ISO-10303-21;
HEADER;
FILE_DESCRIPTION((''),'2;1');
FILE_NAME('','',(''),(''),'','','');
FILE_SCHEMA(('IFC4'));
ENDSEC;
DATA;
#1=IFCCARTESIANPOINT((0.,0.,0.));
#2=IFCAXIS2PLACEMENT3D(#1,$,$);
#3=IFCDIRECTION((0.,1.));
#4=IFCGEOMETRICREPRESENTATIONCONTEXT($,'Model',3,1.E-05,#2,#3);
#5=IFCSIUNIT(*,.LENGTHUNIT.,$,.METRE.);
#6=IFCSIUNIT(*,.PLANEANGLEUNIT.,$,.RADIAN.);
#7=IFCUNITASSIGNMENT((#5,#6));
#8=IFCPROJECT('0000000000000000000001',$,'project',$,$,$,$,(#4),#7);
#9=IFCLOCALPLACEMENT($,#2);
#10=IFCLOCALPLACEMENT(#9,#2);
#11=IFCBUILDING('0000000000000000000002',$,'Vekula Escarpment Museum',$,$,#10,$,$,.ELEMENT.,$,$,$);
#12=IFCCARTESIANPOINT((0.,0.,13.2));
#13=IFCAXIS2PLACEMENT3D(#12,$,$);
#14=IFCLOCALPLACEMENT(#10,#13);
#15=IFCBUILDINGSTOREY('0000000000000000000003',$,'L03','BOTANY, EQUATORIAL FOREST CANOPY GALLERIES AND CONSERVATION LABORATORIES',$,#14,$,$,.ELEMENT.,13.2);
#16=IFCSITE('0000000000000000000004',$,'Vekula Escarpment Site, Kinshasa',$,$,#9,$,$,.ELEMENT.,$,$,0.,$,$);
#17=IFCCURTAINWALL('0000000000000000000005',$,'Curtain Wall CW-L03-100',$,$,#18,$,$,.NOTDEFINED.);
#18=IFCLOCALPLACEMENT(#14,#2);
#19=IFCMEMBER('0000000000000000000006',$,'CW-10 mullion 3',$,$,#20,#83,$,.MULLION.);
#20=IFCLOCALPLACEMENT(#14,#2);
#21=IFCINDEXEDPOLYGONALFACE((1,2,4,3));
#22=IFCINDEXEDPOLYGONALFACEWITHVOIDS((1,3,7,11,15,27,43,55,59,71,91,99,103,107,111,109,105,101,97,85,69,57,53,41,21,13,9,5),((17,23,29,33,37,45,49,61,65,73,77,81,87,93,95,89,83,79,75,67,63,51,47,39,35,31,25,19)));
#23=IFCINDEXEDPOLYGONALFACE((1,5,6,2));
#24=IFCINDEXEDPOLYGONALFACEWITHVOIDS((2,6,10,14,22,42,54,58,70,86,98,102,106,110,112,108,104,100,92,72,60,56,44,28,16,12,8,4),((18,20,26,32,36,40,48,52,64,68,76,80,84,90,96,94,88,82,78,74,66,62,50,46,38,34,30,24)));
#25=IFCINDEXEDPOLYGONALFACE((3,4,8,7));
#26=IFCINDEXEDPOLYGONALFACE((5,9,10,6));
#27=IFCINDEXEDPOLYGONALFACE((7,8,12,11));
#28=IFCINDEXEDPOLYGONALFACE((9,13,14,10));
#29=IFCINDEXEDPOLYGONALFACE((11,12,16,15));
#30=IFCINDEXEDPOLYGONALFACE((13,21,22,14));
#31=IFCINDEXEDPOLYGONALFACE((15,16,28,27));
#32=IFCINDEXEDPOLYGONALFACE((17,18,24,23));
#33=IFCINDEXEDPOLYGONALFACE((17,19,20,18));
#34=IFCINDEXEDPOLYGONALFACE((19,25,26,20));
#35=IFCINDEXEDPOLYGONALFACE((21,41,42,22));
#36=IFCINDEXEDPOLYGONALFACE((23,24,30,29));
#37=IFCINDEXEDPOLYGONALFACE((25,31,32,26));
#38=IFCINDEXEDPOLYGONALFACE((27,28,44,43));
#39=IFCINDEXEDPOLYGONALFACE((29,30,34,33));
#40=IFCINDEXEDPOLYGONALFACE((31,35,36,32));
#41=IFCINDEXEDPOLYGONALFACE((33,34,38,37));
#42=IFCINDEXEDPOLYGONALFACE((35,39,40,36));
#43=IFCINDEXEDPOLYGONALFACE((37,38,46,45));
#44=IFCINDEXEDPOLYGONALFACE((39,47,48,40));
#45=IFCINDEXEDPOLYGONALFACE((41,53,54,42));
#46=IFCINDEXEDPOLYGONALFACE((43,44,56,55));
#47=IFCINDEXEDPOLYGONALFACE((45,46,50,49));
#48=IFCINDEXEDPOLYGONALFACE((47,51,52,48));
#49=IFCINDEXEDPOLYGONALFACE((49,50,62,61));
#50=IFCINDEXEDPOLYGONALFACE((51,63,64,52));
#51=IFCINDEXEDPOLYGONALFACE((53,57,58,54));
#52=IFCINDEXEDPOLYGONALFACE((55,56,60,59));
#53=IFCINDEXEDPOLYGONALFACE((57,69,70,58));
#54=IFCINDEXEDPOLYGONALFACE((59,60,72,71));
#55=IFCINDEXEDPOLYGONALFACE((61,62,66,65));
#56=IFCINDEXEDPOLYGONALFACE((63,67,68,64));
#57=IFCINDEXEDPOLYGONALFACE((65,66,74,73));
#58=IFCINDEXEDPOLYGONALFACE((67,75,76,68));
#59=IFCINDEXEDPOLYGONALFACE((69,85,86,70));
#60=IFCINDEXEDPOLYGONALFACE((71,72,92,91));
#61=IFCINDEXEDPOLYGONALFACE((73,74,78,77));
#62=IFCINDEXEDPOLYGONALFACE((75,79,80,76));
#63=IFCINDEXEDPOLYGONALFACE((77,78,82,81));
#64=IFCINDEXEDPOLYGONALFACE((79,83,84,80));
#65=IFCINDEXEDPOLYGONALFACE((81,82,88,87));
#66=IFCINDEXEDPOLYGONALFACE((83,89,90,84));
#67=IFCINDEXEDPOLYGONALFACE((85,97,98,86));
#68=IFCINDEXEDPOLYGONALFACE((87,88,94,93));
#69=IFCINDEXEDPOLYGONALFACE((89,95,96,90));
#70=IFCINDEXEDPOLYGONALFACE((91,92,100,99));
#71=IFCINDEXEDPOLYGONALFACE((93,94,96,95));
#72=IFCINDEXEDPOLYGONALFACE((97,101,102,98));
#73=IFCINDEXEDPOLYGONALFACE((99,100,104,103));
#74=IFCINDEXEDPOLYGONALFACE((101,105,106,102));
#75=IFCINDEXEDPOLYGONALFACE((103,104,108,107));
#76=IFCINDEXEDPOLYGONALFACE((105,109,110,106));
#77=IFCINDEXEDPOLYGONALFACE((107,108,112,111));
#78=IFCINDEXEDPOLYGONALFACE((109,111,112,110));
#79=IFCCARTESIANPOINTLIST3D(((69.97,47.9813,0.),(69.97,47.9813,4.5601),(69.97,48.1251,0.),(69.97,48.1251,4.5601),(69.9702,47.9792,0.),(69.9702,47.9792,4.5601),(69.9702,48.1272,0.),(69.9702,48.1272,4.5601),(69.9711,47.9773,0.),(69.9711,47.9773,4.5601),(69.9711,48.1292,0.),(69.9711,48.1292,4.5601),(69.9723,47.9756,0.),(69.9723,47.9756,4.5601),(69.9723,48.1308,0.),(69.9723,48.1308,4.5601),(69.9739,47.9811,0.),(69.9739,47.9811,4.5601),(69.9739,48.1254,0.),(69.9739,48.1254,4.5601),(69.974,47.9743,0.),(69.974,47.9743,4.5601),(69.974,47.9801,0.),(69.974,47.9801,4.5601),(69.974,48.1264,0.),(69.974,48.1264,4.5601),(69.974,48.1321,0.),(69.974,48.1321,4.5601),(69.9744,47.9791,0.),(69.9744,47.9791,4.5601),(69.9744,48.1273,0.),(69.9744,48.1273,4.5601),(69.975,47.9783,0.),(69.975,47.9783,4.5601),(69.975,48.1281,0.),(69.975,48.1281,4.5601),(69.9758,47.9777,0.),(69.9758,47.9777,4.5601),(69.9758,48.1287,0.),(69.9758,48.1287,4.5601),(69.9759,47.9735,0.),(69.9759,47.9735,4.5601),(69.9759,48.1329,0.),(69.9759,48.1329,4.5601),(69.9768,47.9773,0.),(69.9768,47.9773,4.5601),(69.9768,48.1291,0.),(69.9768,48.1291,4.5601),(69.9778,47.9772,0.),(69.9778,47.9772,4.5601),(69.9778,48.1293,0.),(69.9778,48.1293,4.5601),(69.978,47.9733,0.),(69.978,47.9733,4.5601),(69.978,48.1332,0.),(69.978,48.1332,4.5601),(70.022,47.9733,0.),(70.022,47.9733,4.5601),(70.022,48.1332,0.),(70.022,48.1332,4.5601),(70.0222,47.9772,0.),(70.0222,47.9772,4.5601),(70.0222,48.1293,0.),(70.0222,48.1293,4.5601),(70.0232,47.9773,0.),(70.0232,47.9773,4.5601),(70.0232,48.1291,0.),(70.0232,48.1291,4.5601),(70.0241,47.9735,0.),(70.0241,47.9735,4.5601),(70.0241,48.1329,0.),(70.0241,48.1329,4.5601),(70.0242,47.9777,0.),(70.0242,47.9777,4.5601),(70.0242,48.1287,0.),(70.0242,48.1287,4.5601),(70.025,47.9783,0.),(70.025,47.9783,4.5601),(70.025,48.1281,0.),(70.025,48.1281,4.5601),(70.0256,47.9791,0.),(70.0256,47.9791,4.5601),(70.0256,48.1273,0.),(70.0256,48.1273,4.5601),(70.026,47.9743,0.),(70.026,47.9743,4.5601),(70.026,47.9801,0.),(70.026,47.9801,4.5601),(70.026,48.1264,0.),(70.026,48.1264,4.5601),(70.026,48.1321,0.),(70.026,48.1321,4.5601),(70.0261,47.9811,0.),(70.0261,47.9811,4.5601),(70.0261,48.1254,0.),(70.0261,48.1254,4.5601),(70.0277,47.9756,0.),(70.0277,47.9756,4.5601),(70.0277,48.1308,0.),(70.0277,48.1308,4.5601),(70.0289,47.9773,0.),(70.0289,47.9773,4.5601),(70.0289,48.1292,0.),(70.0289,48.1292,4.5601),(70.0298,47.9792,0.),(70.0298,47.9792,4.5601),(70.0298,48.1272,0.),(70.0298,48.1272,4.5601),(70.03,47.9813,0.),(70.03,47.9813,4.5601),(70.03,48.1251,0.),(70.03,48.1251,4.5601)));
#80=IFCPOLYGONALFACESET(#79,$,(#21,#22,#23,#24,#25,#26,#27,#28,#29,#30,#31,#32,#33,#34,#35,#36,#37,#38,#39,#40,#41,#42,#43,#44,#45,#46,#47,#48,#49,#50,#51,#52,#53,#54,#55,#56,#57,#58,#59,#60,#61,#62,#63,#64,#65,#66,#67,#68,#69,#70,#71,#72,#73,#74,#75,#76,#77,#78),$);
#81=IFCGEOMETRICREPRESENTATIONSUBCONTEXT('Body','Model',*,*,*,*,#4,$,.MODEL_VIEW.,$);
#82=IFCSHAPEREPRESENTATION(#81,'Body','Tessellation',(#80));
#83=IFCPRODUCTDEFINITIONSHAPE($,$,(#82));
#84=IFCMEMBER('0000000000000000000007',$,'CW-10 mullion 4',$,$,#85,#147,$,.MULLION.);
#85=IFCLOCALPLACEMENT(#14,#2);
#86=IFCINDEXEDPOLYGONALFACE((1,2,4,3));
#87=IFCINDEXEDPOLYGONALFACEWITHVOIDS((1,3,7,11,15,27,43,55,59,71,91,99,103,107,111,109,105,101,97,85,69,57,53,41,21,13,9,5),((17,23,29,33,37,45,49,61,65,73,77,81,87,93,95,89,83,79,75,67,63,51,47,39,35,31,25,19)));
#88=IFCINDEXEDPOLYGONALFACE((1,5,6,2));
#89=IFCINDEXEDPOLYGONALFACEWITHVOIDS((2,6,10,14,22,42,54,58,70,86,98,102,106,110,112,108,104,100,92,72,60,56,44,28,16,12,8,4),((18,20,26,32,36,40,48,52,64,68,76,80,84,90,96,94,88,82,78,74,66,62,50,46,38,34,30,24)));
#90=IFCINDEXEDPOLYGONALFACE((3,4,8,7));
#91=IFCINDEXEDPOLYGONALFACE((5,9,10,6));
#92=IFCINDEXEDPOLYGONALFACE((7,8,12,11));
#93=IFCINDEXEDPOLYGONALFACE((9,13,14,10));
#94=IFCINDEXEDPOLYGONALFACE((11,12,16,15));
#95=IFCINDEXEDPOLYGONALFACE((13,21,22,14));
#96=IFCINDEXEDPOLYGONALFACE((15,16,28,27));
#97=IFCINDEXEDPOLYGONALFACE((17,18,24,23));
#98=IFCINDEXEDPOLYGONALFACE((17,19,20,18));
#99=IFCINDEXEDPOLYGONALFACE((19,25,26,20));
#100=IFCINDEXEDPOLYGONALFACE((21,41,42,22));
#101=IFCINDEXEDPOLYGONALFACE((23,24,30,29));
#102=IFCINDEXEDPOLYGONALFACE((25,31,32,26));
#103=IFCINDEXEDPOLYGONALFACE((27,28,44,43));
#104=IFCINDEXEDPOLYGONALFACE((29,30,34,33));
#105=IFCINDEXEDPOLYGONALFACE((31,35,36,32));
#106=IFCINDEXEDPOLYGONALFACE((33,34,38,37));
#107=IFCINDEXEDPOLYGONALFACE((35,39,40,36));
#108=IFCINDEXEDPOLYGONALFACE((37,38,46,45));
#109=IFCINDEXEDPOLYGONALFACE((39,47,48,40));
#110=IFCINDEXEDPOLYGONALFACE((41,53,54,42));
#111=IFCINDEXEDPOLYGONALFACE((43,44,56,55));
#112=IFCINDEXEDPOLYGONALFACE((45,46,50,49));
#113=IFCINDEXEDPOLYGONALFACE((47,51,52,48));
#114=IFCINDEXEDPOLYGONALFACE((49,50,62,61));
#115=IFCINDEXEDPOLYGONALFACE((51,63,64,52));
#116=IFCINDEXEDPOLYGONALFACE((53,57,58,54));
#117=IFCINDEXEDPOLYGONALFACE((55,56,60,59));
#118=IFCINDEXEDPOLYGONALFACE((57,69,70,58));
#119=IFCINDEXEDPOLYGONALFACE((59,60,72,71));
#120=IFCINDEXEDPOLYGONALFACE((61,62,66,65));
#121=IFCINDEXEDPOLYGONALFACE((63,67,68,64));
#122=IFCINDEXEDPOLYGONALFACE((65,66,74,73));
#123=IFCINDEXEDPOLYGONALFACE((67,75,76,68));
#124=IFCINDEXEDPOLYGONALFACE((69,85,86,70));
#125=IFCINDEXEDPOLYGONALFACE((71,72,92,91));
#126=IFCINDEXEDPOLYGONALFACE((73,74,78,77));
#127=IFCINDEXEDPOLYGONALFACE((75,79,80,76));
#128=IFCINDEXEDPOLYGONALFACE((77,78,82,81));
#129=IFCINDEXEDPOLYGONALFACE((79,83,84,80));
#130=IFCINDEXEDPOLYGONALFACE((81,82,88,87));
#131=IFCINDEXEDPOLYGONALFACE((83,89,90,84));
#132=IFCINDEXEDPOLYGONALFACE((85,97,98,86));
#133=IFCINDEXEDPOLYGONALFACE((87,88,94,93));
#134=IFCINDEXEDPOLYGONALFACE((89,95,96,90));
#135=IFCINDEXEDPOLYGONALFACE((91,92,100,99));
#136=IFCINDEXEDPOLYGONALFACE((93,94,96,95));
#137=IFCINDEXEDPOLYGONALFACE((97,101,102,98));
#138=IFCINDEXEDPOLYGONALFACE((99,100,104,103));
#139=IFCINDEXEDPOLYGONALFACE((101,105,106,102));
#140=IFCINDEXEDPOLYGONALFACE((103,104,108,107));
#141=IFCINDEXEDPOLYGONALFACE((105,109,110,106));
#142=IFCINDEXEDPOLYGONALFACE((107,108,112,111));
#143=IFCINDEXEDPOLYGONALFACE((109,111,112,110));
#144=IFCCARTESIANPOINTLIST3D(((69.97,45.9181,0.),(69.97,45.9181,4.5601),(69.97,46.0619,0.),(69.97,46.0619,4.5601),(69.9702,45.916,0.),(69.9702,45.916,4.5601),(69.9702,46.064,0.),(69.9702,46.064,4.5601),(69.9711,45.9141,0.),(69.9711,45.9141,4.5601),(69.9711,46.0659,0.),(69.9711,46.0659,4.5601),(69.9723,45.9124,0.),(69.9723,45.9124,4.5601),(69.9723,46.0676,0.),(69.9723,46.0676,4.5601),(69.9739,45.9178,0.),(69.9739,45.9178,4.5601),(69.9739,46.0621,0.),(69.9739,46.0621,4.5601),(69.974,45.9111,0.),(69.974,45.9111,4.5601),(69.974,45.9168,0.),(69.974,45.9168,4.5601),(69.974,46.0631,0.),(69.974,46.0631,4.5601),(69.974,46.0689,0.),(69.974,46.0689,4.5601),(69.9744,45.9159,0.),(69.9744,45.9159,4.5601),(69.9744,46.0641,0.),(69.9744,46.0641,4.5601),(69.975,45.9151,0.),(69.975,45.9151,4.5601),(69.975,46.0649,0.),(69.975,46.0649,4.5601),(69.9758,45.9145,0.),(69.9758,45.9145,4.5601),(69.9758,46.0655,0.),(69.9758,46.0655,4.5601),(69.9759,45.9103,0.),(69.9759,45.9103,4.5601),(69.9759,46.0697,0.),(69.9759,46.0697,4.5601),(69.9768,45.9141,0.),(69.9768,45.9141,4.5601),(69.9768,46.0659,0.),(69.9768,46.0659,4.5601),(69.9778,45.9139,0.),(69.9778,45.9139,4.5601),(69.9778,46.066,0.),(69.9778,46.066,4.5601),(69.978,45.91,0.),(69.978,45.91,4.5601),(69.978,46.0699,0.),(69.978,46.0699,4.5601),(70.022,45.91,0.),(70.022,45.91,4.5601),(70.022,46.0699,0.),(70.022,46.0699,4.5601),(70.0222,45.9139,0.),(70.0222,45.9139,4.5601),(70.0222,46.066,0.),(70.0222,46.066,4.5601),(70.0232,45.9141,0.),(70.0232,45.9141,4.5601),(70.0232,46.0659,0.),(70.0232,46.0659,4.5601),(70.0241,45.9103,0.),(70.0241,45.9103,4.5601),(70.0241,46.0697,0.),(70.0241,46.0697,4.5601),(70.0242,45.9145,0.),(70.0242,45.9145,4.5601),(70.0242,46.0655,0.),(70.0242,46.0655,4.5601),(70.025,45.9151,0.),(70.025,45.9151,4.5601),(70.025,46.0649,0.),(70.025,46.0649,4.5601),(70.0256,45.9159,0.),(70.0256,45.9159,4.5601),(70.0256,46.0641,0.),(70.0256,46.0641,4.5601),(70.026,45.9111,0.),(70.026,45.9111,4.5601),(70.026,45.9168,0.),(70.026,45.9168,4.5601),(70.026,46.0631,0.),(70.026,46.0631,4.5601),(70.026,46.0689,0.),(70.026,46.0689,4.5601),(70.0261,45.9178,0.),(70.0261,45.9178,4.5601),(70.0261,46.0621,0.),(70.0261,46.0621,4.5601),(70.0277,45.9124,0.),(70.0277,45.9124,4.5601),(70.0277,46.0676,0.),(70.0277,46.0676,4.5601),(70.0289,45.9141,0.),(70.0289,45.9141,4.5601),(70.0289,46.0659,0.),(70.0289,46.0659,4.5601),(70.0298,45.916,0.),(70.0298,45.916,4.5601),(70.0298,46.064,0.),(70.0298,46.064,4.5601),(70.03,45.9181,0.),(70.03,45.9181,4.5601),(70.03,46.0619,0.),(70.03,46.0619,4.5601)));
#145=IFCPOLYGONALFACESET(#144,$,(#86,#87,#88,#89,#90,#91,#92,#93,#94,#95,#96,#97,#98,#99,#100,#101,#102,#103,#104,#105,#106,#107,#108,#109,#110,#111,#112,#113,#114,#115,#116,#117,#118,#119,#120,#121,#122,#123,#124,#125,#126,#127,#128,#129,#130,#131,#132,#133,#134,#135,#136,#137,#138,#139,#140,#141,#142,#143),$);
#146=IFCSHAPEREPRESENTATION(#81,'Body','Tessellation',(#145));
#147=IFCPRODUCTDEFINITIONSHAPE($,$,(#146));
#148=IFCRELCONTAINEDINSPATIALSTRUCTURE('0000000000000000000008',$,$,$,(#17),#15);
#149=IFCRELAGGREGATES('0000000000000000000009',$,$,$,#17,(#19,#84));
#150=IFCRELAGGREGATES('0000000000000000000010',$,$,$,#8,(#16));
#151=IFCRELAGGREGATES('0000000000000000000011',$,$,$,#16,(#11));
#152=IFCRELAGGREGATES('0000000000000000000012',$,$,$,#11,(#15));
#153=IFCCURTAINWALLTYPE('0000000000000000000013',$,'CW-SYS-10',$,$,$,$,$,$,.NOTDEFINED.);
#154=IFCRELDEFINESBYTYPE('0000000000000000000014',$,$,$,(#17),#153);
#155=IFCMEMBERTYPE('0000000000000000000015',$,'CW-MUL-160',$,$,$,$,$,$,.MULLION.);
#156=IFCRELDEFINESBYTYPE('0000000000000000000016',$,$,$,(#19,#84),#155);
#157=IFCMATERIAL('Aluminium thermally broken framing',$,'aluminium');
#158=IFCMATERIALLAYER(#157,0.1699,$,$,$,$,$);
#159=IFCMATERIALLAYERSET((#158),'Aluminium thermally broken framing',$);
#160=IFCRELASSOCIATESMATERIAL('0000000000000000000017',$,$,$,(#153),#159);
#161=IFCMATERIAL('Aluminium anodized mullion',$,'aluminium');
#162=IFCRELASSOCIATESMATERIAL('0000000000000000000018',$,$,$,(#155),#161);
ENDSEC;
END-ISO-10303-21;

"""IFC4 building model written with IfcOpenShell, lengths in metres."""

from ifc_helpers import new_model, si_unit, direction, frame, origin, origin_2d, place, context, subcontext, project, spatial, hollow_rectangle, extrude, material, layer, layer_set, material_profile, profile_set, type_object, element, aggregate, save


model = new_model("IFC4")

# Units and contexts
model_context = context("Model", 3, precision=1e-05, world=origin(), true_north=direction((0.0, 1.0)))
body_context = subcontext(model_context, "Body", "Model", "MODEL_VIEW")
ifc_project = project(units=[si_unit("LENGTHUNIT", "METRE"), si_unit("PLANEANGLEUNIT", "RADIAN")], contexts=[model_context])

# Site, building, storey
site_placement = place(None, origin())
site = spatial("IfcSite", under=ifc_project, at=site_placement, Name="Vekula Escarpment Site, Kinshasa", CompositionType="ELEMENT", RefElevation=0.0)
building_placement = place(site_placement, origin())
building = spatial("IfcBuilding", under=site, at=building_placement, Name="Vekula Escarpment Museum", CompositionType="ELEMENT")
storey_placement = place(building_placement, frame((0.0, 0.0, 13.2)))
storey = spatial("IfcBuildingStorey", under=building, at=storey_placement, Name="L03", Description="BOTANY, EQUATORIAL FOREST CANOPY GALLERIES AND CONSERVATION LABORATORIES", CompositionType="ELEMENT", Elevation=13.2)

# Curtain wall, members
ifc_material_1 = material(Name="Aluminium thermally broken framing", Category="aluminium")
ifc_layer_1 = layer(ifc_material_1, 0.1699)
ifc_layer_set_1 = layer_set([ifc_layer_1], Name="Aluminium thermally broken framing")
curtain_wall_type = type_object("IfcCurtainWallType", Name="CW-SYS-10", PredefinedType="NOTDEFINED", material=ifc_layer_set_1)
curtain_wall_placement = place(storey_placement, origin())
curtain_wall = element("IfcCurtainWall", 1, at=curtain_wall_placement, inside=storey, type_object=curtain_wall_type, Name="Curtain Wall CW-L03-100", PredefinedType="NOTDEFINED")
ifc_material_2 = material(Name="Aluminium anodized mullion", Category="aluminium")
ifc_material_profile_1 = material_profile(ifc_material_2, hollow_rectangle(XDim=0.0601, YDim=0.1599, WallThickness=0.0039, InnerFilletRadius=0.0039, OuterFilletRadius=0.0081, at=origin_2d()), Name="ALU 160x60x4")
ifc_profile_set_1 = profile_set([ifc_material_profile_1], Name="Aluminium anodized mullion")
member_type_1 = type_object("IfcMemberType", Name="CW-MUL-160", PredefinedType="MULLION", material=ifc_profile_set_1)
member_1_placement = place(storey_placement, frame((70.0, 48.0532, 0.0), z_axis=(0.0, 0.0, 1.0), x_axis=(1.0, 0.0, 0.0)))
member_1 = element("IfcMember", 2, at=member_1_placement, type_object=member_type_1, Name="CW-10 mullion 3", PredefinedType="MULLION", context=body_context, shape_type="SweptSolid", body=[
    extrude(hollow_rectangle(XDim=0.0601, YDim=0.1599, WallThickness=0.0039, InnerFilletRadius=0.0039, OuterFilletRadius=0.0081, at=origin_2d()), origin(), (0.0, 0.0, 1.0), 4.5601),
])
member_2_placement = place(storey_placement, frame((70.0, 45.99, 0.0), z_axis=(0.0, 0.0, 1.0), x_axis=(1.0, 0.0, 0.0)))
member_2 = element("IfcMember", 3, at=member_2_placement, type_object=member_type_1, Name="CW-10 mullion 4", PredefinedType="MULLION", context=body_context, shape_type="SweptSolid", body=[
    extrude(hollow_rectangle(XDim=0.0601, YDim=0.1599, WallThickness=0.0039, InnerFilletRadius=0.0039, OuterFilletRadius=0.0081, at=origin_2d()), origin(), (0.0, 0.0, 1.0), 4.5601),
])

aggregate(curtain_wall, [member_1, member_2])

save(model, "model.ifc")
